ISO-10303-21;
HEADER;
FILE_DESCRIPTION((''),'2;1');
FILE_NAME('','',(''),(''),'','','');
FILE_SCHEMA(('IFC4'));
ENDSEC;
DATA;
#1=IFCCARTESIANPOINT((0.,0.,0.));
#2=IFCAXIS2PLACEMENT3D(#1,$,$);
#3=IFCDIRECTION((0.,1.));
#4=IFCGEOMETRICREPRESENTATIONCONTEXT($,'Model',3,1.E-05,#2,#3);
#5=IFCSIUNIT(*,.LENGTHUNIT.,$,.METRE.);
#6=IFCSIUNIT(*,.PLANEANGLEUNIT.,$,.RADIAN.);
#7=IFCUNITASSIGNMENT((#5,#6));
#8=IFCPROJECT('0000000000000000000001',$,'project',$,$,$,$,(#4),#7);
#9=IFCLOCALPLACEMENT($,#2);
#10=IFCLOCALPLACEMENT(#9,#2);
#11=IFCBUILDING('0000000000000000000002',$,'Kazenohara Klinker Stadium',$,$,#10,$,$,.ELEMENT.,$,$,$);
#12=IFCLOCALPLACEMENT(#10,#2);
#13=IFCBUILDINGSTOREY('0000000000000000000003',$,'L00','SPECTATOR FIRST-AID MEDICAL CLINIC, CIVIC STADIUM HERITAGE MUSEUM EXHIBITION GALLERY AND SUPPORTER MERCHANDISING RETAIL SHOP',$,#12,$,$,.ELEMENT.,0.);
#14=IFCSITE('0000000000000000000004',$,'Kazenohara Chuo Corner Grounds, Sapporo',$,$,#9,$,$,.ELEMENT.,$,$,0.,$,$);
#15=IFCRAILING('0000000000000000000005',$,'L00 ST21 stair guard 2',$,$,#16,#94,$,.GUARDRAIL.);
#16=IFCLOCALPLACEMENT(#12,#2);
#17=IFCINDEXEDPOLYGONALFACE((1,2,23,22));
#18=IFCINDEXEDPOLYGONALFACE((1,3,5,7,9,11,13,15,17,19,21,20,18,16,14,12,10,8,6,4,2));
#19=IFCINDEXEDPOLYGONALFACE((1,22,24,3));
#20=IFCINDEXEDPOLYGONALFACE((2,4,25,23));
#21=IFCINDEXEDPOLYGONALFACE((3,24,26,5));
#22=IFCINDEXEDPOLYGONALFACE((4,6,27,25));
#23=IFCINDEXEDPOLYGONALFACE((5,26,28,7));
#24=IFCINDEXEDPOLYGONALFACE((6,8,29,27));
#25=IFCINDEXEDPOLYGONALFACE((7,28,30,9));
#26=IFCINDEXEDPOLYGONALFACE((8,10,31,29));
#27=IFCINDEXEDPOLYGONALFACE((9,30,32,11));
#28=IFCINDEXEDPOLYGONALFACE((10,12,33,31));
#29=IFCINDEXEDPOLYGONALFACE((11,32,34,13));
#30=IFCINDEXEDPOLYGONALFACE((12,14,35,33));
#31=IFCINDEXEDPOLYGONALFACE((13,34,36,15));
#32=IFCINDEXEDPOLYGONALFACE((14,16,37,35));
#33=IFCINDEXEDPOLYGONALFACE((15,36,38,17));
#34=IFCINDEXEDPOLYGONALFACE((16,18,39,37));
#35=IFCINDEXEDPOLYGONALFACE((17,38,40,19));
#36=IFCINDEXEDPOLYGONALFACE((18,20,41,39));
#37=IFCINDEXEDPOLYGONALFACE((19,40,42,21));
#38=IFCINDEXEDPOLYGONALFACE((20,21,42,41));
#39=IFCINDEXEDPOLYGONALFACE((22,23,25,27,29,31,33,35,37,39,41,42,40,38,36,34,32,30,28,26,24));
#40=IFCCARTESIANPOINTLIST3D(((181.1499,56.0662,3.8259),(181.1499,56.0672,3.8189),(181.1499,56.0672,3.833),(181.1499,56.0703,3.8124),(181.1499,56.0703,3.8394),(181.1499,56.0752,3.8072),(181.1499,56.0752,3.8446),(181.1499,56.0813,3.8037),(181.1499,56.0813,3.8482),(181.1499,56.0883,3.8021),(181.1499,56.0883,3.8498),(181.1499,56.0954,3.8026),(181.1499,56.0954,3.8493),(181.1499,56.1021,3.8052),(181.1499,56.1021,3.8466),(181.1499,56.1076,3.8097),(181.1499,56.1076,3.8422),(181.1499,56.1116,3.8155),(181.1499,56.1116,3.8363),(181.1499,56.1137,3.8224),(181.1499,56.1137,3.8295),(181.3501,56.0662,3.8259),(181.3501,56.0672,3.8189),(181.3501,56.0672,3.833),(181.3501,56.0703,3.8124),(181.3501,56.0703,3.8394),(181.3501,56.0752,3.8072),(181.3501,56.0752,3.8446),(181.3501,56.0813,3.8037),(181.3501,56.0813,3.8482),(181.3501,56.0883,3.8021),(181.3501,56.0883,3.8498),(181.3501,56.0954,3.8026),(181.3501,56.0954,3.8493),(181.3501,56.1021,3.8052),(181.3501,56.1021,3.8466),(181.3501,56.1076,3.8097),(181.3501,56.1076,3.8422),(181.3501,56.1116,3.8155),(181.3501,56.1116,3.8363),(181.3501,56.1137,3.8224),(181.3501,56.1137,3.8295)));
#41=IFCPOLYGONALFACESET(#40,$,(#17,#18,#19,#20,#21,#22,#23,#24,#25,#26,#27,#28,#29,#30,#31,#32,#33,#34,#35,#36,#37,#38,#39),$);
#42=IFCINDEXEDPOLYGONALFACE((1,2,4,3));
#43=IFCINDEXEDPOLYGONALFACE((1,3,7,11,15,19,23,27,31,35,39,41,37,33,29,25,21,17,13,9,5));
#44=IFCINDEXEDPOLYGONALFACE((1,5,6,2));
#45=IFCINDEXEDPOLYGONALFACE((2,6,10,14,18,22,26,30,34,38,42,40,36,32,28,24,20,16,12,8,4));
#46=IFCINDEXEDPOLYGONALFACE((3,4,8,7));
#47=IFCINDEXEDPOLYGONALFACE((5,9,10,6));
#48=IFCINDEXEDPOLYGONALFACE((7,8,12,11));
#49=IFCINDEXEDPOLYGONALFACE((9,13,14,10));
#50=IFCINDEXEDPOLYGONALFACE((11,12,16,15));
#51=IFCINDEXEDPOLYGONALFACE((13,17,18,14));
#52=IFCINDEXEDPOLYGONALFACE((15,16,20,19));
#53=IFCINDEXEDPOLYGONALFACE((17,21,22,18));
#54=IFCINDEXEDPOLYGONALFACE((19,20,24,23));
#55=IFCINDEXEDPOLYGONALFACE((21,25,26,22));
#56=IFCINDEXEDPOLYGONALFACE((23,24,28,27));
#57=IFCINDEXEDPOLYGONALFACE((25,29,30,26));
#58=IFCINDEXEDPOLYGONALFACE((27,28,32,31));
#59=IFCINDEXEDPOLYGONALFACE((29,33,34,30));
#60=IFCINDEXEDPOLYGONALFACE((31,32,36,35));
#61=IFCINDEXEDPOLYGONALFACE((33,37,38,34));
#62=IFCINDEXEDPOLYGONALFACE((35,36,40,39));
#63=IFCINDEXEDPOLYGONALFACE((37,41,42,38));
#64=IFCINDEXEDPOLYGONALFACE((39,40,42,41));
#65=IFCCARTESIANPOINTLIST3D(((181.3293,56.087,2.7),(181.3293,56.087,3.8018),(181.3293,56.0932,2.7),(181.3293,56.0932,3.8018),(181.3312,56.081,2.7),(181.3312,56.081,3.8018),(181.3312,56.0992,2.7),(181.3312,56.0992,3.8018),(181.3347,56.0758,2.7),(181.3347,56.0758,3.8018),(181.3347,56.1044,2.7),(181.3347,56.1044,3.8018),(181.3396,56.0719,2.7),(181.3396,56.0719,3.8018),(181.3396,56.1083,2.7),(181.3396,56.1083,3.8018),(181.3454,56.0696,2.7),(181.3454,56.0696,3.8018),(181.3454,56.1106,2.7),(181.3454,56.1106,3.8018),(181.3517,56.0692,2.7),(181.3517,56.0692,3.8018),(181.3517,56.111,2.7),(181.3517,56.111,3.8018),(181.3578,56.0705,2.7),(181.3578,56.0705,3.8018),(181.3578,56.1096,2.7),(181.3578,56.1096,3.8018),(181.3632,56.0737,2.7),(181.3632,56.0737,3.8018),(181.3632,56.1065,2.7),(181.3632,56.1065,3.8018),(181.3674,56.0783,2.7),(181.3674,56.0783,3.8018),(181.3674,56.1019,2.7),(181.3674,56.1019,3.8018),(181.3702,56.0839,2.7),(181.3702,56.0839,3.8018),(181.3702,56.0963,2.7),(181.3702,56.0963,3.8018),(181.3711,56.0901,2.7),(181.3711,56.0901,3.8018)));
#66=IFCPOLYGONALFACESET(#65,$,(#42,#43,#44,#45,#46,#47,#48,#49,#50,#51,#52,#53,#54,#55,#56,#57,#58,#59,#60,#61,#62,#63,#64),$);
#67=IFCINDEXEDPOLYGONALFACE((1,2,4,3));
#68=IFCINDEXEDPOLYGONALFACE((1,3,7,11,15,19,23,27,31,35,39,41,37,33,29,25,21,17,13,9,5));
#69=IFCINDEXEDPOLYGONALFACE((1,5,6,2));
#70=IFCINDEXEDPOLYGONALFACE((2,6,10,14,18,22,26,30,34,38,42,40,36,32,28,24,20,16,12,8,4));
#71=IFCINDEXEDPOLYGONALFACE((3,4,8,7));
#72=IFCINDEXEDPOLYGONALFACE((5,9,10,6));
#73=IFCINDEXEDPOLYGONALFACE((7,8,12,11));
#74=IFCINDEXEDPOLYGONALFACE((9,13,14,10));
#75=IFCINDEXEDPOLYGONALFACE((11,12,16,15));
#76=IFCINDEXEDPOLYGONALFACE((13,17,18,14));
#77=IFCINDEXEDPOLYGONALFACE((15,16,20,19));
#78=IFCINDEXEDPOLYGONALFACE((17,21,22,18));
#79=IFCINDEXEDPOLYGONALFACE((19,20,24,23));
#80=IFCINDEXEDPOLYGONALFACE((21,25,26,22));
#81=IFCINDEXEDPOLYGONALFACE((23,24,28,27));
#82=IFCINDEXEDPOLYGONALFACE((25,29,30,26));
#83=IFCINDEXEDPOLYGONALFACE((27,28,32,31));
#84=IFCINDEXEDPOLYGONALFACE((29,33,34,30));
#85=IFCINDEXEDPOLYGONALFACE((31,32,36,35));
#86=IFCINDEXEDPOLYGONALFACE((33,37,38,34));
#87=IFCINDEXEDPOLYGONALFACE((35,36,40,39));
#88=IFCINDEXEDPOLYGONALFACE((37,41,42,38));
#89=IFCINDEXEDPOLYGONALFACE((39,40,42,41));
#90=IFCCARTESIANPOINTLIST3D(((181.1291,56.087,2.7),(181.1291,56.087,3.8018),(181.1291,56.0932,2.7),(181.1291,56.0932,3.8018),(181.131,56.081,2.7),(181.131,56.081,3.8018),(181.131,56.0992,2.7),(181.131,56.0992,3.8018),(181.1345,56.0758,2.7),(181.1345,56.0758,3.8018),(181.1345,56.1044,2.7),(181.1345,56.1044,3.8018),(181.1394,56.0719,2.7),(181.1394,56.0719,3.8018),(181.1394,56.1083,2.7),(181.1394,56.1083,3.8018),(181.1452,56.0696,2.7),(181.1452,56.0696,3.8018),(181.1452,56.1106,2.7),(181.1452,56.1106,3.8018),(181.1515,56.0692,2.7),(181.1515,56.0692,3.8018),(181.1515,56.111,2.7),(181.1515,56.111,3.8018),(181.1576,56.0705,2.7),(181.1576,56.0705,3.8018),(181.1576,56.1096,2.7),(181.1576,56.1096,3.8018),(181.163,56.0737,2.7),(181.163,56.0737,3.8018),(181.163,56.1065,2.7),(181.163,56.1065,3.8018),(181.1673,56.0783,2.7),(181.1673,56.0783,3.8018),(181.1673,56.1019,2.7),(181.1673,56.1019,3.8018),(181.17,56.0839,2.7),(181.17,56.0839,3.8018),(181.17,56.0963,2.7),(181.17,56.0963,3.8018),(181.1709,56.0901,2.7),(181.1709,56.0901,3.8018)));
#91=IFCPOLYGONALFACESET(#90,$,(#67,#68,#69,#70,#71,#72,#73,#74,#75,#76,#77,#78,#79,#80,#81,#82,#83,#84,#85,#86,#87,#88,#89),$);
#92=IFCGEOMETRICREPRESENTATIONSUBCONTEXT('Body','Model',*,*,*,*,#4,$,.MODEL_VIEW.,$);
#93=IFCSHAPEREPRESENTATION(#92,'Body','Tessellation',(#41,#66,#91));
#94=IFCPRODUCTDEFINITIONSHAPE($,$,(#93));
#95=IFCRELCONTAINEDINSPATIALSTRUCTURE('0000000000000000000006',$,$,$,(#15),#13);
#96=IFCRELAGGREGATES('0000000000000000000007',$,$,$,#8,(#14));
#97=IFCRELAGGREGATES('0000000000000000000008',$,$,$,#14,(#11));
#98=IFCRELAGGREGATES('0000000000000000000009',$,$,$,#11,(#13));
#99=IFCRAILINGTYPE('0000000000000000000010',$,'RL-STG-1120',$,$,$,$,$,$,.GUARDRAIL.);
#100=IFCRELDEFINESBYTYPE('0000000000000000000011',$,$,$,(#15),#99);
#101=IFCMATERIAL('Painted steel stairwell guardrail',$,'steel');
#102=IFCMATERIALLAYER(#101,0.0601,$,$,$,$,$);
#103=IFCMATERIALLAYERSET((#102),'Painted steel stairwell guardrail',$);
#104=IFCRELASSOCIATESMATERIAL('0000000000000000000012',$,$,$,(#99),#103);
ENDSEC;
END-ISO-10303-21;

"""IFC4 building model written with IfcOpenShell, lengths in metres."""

from ifc_helpers import new_model, si_unit, direction, frame, origin, origin_2d, place, context, subcontext, project, spatial, circle, extrude, material, layer, layer_set, type_object, element, save


model = new_model("IFC4")

# Units and contexts
model_context = context("Model", 3, precision=1e-05, world=origin(), true_north=direction((0.0, 1.0)))
body_context = subcontext(model_context, "Body", "Model", "MODEL_VIEW")
ifc_project = project(units=[si_unit("LENGTHUNIT", "METRE"), si_unit("PLANEANGLEUNIT", "RADIAN")], contexts=[model_context])

# Site, building, storey
site_placement = place(None, origin())
site = spatial("IfcSite", under=ifc_project, at=site_placement, Name="Kazenohara Chuo Corner Grounds, Sapporo", CompositionType="ELEMENT", RefElevation=0.0)
building_placement = place(site_placement, origin())
building = spatial("IfcBuilding", under=site, at=building_placement, Name="Kazenohara Klinker Stadium", CompositionType="ELEMENT")
storey_placement = place(building_placement, origin())
storey = spatial("IfcBuildingStorey", under=building, at=storey_placement, Name="L00", Description="SPECTATOR FIRST-AID MEDICAL CLINIC, CIVIC STADIUM HERITAGE MUSEUM EXHIBITION GALLERY AND SUPPORTER MERCHANDISING RETAIL SHOP", CompositionType="ELEMENT", Elevation=0.0)

# Railing
ifc_material_1 = material(Name="Painted steel stairwell guardrail", Category="steel")
ifc_layer_1 = layer(ifc_material_1, 0.0601)
ifc_layer_set_1 = layer_set([ifc_layer_1], Name="Painted steel stairwell guardrail")
railing_type_1 = type_object("IfcRailingType", Name="RL-STG-1120", PredefinedType="GUARDRAIL", material=ifc_layer_set_1)
railing_1_placement = place(storey_placement, frame((181.3501, 56.0901, 2.7)))
element("IfcRailing", 1, at=railing_1_placement, inside=storey, type_object=railing_type_1, Name="L00 ST21 stair guard 2", PredefinedType="GUARDRAIL", context=body_context, shape_type="SweptSolid", body=[
    extrude(circle(Radius=0.0239, at=origin_2d()), frame((0.0, 0.0, 1.126), z_axis=(-1.0, 0.0, 0.0), x_axis=(0.0, -1.0, 0.0)), (0.0, 0.0, 1.0), 0.2002),
    extrude(circle(Radius=0.021, at=origin_2d()), origin(), (0.0, 0.0, 1.0), 1.1018),
    extrude(circle(Radius=0.021, at=origin_2d()), frame((-0.2002, 0.0, 0.0)), (0.0, 0.0, 1.0), 1.1018),
])

save(model, "model.ifc")
